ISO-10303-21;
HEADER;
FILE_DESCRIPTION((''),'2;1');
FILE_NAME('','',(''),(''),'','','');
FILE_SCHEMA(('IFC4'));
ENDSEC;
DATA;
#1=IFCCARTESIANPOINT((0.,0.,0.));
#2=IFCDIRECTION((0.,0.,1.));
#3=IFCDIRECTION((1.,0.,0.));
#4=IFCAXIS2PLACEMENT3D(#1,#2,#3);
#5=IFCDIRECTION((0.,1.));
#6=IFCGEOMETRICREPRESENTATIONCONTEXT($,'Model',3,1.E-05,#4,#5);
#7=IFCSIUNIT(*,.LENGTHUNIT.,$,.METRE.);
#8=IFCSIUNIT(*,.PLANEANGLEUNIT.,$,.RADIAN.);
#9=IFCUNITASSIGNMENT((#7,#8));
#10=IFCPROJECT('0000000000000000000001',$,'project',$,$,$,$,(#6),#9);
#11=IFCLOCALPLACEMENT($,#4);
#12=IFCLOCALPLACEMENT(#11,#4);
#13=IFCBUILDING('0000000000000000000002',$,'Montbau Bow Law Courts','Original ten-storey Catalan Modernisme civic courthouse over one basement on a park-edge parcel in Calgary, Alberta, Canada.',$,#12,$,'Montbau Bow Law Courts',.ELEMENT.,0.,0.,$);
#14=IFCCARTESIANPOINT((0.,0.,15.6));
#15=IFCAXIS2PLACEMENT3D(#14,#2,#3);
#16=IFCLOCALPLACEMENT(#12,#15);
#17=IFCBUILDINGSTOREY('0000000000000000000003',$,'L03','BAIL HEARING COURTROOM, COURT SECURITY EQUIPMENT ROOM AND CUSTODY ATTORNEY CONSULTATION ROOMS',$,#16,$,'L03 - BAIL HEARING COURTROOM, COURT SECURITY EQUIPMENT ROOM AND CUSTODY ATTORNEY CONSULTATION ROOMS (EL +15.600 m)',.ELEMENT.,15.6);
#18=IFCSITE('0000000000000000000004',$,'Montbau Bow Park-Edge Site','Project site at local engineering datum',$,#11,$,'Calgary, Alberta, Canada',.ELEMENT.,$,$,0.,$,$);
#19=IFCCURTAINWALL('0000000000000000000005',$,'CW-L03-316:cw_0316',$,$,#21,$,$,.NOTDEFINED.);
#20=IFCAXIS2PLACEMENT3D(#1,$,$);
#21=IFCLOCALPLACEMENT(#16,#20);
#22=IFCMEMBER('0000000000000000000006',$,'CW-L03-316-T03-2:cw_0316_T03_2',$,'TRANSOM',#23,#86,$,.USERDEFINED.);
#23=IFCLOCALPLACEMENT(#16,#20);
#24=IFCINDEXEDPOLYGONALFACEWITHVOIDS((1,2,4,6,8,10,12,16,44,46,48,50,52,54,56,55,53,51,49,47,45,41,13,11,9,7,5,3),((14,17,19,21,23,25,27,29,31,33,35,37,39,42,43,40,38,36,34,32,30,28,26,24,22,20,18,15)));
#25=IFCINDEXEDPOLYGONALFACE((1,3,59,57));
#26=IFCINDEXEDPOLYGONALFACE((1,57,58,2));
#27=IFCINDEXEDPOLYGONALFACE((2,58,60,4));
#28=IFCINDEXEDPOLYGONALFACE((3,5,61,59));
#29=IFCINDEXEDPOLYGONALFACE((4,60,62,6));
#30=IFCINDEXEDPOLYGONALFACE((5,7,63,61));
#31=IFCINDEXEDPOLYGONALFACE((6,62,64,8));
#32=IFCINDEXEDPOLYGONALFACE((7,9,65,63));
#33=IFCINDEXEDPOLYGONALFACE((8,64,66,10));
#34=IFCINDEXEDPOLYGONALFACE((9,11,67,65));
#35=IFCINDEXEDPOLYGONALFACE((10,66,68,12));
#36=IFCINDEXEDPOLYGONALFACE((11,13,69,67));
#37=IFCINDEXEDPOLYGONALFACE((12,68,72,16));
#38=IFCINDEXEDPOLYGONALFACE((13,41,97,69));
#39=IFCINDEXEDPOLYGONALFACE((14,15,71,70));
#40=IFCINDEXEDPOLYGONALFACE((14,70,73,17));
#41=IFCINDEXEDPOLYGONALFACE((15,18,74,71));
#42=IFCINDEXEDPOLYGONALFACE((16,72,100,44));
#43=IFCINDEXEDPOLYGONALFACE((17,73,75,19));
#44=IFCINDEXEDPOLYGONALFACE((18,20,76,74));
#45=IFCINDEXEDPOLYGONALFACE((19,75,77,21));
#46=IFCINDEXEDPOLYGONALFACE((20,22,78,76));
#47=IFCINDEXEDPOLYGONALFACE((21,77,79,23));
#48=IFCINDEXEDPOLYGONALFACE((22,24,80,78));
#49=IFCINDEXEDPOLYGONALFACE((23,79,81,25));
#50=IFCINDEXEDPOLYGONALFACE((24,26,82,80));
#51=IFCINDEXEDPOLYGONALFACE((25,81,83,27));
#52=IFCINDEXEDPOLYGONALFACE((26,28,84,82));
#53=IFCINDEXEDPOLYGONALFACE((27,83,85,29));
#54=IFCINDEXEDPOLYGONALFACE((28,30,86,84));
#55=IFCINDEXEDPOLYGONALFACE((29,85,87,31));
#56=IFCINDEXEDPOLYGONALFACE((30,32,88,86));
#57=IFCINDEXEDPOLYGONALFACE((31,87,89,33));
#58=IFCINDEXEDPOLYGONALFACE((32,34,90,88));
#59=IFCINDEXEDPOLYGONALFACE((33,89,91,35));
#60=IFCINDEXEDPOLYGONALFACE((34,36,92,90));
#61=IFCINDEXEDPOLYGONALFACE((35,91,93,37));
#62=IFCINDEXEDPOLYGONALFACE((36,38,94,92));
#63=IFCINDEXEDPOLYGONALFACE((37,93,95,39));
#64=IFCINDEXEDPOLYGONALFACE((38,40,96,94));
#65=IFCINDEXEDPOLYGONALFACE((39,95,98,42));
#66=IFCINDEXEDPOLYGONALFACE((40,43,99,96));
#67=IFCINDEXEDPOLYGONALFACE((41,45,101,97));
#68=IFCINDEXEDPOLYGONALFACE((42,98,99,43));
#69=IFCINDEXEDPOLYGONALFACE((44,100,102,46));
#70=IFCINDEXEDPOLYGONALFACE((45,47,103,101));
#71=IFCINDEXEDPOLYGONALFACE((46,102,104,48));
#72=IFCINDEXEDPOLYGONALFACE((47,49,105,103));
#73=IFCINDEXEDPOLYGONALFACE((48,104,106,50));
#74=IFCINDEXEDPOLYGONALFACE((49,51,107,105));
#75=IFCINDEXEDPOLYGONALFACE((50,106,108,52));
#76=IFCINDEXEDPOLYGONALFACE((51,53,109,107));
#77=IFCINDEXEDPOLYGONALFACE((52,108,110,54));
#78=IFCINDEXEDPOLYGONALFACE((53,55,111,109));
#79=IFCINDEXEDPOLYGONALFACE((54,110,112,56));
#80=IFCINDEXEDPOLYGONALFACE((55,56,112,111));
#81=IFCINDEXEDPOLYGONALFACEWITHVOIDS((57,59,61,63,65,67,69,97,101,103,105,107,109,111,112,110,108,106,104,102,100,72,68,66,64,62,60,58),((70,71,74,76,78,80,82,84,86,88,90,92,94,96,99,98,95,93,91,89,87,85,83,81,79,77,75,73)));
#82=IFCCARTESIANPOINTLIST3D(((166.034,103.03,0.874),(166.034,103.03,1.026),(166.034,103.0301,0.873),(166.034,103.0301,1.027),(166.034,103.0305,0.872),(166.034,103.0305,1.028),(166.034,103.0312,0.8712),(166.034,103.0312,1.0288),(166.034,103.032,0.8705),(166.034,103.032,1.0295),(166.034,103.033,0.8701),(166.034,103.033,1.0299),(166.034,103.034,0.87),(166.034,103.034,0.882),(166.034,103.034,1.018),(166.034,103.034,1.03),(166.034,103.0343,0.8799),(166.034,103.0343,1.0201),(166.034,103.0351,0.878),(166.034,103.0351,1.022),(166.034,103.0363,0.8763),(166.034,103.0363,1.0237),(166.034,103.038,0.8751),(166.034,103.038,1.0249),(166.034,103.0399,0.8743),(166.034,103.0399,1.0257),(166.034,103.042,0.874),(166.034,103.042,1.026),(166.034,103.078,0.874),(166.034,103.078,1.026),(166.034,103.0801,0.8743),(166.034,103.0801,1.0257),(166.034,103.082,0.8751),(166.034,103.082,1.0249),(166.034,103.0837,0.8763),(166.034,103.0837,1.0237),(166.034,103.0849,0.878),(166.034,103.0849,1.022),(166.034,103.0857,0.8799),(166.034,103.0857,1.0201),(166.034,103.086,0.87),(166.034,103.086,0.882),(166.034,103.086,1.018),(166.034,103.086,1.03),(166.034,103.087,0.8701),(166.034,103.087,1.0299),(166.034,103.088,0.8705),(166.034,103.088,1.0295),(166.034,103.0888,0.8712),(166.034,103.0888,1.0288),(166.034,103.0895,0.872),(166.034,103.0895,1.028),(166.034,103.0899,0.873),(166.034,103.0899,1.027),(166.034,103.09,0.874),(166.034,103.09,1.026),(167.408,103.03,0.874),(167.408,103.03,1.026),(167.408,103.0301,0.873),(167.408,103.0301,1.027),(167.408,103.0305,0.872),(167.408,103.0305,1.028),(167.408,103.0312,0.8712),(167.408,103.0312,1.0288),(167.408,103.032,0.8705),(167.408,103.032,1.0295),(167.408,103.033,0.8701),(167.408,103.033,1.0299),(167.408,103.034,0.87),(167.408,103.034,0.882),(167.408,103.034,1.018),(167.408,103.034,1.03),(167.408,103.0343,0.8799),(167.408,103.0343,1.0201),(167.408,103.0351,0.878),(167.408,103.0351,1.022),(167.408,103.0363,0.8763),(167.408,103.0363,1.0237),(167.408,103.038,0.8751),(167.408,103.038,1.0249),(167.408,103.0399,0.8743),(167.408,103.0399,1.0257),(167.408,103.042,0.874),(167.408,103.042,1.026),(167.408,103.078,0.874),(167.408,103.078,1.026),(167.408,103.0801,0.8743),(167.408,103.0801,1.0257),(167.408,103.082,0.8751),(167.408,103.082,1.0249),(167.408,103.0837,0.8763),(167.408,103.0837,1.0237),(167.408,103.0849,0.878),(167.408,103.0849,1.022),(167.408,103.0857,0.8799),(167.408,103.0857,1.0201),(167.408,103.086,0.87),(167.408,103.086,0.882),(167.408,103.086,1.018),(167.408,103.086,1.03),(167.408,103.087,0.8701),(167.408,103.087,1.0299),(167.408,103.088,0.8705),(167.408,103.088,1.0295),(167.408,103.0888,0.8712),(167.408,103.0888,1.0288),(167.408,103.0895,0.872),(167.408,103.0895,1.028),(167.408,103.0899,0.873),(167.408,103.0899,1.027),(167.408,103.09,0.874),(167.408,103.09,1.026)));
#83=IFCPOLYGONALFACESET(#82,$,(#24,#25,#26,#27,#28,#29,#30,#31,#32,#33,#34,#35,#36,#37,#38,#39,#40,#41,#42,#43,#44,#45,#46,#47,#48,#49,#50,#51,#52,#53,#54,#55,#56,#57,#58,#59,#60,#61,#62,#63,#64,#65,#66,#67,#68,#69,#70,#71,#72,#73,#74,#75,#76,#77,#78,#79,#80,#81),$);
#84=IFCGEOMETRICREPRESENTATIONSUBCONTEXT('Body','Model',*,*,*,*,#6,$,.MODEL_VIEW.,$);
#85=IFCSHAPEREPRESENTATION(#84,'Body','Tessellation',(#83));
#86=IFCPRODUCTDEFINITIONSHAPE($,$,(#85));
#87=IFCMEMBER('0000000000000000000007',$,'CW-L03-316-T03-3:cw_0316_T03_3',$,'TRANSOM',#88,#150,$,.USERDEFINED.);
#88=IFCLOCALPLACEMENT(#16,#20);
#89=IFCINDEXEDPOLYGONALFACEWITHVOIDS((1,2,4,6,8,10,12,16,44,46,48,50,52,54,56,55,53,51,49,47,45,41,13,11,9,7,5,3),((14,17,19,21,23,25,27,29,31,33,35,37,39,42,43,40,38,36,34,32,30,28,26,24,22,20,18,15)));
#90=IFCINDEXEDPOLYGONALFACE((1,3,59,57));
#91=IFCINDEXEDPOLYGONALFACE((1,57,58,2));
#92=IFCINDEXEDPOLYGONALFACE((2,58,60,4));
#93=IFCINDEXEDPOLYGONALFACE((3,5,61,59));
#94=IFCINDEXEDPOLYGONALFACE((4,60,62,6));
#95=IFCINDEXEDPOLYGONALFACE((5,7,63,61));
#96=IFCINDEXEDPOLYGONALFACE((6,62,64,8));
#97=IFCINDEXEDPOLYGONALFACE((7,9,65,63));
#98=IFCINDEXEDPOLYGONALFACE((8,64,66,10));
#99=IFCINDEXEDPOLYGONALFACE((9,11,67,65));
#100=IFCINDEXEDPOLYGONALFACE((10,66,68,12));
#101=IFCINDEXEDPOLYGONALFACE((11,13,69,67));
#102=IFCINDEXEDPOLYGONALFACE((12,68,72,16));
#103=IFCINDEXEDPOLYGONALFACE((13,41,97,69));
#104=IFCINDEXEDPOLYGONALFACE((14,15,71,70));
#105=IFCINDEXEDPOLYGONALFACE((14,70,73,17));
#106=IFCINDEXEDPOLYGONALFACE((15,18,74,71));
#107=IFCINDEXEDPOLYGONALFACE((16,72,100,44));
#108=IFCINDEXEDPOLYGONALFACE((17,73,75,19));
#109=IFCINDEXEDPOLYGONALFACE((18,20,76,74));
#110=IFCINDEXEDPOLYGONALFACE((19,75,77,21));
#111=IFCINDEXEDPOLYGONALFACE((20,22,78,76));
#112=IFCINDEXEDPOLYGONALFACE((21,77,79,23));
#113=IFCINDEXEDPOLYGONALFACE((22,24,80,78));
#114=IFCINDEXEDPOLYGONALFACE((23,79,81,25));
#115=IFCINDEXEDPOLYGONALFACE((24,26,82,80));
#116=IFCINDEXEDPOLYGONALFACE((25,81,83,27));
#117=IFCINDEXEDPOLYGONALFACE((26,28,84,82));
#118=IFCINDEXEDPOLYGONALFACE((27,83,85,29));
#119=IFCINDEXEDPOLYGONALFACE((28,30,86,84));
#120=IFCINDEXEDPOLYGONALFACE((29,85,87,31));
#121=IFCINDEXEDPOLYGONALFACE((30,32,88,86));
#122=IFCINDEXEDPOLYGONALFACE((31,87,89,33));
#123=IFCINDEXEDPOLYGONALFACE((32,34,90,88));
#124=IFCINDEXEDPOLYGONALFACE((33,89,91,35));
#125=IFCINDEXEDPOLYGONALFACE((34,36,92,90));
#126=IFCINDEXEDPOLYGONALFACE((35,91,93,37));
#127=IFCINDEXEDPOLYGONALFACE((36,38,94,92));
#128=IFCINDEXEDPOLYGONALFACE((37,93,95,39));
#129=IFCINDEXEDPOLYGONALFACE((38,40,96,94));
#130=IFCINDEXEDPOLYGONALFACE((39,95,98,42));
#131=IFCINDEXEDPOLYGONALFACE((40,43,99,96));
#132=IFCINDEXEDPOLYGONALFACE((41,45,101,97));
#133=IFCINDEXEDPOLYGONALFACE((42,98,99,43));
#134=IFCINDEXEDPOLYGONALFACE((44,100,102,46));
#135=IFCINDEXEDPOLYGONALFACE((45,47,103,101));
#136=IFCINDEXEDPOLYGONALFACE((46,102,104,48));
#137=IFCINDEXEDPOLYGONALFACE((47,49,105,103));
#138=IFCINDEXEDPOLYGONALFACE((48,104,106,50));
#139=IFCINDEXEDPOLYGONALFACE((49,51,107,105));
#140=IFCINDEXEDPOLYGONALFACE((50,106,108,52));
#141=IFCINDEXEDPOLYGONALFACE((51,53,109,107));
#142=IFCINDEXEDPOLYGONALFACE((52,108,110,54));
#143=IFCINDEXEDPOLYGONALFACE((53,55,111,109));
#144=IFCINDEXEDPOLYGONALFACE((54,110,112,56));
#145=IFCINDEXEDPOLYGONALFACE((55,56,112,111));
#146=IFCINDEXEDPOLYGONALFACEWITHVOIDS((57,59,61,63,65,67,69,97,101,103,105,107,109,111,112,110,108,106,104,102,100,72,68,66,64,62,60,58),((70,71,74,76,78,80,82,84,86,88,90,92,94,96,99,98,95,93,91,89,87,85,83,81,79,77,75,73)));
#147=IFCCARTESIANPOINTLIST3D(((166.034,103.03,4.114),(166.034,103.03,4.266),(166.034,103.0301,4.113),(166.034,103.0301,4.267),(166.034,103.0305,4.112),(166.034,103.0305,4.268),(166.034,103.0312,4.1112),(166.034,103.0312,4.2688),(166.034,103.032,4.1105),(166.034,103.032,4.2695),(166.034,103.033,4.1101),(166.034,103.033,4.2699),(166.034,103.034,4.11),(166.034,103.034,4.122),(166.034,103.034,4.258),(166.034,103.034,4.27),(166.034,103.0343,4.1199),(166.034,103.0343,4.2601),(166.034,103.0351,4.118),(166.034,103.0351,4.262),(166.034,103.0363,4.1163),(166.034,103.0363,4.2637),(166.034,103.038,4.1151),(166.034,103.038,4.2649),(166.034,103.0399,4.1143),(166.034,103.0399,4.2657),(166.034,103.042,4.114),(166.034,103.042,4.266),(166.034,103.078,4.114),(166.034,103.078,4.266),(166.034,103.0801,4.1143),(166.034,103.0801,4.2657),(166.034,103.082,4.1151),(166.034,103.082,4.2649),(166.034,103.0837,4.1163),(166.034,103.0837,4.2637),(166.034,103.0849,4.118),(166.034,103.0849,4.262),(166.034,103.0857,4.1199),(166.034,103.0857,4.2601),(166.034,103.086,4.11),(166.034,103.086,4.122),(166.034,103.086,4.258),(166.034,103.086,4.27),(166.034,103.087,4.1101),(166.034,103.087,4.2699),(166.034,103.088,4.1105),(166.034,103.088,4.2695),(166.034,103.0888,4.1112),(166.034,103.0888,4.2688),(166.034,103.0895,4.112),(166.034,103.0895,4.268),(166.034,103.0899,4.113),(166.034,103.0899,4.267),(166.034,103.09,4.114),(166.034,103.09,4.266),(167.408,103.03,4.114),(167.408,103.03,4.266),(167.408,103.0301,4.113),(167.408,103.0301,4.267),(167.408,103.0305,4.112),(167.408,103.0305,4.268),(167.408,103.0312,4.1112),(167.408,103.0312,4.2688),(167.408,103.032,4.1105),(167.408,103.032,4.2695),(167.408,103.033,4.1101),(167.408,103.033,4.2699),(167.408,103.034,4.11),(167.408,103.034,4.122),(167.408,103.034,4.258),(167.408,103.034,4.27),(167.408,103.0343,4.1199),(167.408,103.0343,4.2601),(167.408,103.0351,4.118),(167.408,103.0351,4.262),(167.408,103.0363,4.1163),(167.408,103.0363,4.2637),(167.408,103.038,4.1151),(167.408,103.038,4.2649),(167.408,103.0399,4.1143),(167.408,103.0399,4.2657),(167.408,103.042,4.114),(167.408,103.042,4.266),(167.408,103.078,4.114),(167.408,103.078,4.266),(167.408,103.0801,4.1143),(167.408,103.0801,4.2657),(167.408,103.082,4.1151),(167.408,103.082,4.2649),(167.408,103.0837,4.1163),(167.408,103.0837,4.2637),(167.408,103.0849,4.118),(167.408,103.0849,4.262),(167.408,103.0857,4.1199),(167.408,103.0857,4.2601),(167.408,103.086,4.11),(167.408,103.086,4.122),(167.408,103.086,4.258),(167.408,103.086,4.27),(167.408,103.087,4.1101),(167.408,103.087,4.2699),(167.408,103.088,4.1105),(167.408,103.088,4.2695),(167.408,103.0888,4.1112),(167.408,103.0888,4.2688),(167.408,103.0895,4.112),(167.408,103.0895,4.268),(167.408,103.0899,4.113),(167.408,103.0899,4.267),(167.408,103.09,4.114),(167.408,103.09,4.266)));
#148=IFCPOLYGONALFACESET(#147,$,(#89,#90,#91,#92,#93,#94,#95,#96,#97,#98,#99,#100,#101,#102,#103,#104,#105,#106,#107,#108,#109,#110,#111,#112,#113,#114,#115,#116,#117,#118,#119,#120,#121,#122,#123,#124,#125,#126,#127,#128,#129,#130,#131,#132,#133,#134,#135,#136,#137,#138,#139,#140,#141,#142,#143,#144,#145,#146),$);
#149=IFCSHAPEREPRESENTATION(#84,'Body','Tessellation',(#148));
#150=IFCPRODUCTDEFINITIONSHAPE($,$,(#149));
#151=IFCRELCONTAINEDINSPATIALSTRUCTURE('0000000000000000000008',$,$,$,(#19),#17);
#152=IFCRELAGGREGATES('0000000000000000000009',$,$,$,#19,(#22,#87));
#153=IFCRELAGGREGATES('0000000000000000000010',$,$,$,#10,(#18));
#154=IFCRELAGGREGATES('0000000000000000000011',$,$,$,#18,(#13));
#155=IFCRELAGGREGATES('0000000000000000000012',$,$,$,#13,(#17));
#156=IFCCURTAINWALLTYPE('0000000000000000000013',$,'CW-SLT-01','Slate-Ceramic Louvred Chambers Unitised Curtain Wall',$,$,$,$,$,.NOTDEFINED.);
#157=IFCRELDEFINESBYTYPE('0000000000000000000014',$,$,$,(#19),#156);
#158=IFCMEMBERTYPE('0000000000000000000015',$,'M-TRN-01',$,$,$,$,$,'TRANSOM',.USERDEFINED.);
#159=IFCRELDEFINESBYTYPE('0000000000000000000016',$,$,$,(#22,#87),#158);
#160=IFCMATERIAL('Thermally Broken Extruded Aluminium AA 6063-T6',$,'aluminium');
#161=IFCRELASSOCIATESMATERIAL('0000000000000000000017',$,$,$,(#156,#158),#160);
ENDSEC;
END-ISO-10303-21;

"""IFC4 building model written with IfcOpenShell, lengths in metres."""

from ifc_helpers import new_model, si_unit, direction, frame, origin_with_axes, origin_2d_with_axis, place, context, subcontext, project, spatial, hollow_rectangle, extrude, material, material_profile, profile_set, type_object, element, aggregate, save


model = new_model("IFC4")

# Units and contexts
model_context = context("Model", 3, precision=1e-05, world=origin_with_axes(), true_north=direction((0.0, 1.0)))
body_context = subcontext(model_context, "Body", "Model", "MODEL_VIEW")
ifc_project = project(units=[si_unit("LENGTHUNIT", "METRE"), si_unit("PLANEANGLEUNIT", "RADIAN")], contexts=[model_context])

# Site, building, storey
site_placement = place(None, origin_with_axes())
site = spatial("IfcSite", under=ifc_project, at=site_placement, Name="Montbau Bow Park-Edge Site", Description="Project site at local engineering datum", LongName="Calgary, Alberta, Canada", CompositionType="ELEMENT", RefElevation=0.0)
building_placement = place(site_placement, origin_with_axes())
building = spatial("IfcBuilding", under=site, at=building_placement, Name="Montbau Bow Law Courts", Description="Original ten-storey Catalan Modernisme civic courthouse over one basement on a park-edge parcel in Calgary, Alberta, Canada.", LongName="Montbau Bow Law Courts", CompositionType="ELEMENT", ElevationOfRefHeight=0.0, ElevationOfTerrain=0.0)
storey_placement = place(building_placement, frame((0.0, 0.0, 15.6), z_axis=(0.0, 0.0, 1.0), x_axis=(1.0, 0.0, 0.0)))
storey = spatial("IfcBuildingStorey", under=building, at=storey_placement, Name="L03", Description="BAIL HEARING COURTROOM, COURT SECURITY EQUIPMENT ROOM AND CUSTODY ATTORNEY CONSULTATION ROOMS", LongName="L03 - BAIL HEARING COURTROOM, COURT SECURITY EQUIPMENT ROOM AND CUSTODY ATTORNEY CONSULTATION ROOMS (EL +15.600 m)", CompositionType="ELEMENT", Elevation=15.6)

# Shared definitions
ifc_material_1 = material(Name="Thermally Broken Extruded Aluminium AA 6063-T6", Category="aluminium")
curtain_wall_type = type_object("IfcCurtainWallType", Name="CW-SLT-01", Description="Slate-Ceramic Louvred Chambers Unitised Curtain Wall", PredefinedType="NOTDEFINED", material=ifc_material_1)

# Curtain wall, members
curtain_wall_1_placement = place(None, frame((163.115, 103.06, 15.6), z_axis=(0.0, 0.0, 1.0), x_axis=(1.0, 0.0, 0.0)))
curtain_wall_1 = element("IfcCurtainWall", 1, at=curtain_wall_1_placement, inside=storey, type_object=curtain_wall_type, Name="CW-L03-316:cw_0316", PredefinedType="NOTDEFINED")
ifc_material_profile_1 = material_profile(ifc_material_1, hollow_rectangle(XDim=0.06, YDim=0.16, WallThickness=0.004, InnerFilletRadius=0.008, OuterFilletRadius=0.004, at=origin_2d_with_axis()), Name="CWT-160X60", Category="Main", Priority=0)
ifc_profile_set_1 = profile_set([ifc_material_profile_1], Name="Thermally Broken Extruded Aluminium AA 6063-T6")
member_type_1 = type_object("IfcMemberType", Name="M-TRN-01", ElementType="TRANSOM", PredefinedType="USERDEFINED", material=ifc_profile_set_1)
member_1_placement = place(None, frame((166.034, 103.06, 16.55), z_axis=(1.0, 0.0, 0.0), x_axis=(0.0, 1.0, 0.0)))
member_1 = element("IfcMember", 2, at=member_1_placement, type_object=member_type_1, Name="CW-L03-316-T03-2:cw_0316_T03_2", ObjectType="TRANSOM", PredefinedType="USERDEFINED", context=body_context, shape_type="SweptSolid", body=[
    extrude(hollow_rectangle(XDim=0.06, YDim=0.16, WallThickness=0.004, InnerFilletRadius=0.008, OuterFilletRadius=0.004, at=origin_2d_with_axis()), origin_with_axes(), (0.0, 0.0, 1.0), 1.374),
])
member_2_placement = place(None, frame((166.034, 103.06, 19.79), z_axis=(1.0, 0.0, 0.0), x_axis=(0.0, 1.0, 0.0)))
member_2 = element("IfcMember", 3, at=member_2_placement, type_object=member_type_1, Name="CW-L03-316-T03-3:cw_0316_T03_3", ObjectType="TRANSOM", PredefinedType="USERDEFINED", context=body_context, shape_type="SweptSolid", body=[
    extrude(hollow_rectangle(XDim=0.06, YDim=0.16, WallThickness=0.004, InnerFilletRadius=0.008, OuterFilletRadius=0.004, at=origin_2d_with_axis()), origin_with_axes(), (0.0, 0.0, 1.0), 1.374),
])
aggregate(curtain_wall_1, [member_1, member_2])

save(model, "model.ifc")
